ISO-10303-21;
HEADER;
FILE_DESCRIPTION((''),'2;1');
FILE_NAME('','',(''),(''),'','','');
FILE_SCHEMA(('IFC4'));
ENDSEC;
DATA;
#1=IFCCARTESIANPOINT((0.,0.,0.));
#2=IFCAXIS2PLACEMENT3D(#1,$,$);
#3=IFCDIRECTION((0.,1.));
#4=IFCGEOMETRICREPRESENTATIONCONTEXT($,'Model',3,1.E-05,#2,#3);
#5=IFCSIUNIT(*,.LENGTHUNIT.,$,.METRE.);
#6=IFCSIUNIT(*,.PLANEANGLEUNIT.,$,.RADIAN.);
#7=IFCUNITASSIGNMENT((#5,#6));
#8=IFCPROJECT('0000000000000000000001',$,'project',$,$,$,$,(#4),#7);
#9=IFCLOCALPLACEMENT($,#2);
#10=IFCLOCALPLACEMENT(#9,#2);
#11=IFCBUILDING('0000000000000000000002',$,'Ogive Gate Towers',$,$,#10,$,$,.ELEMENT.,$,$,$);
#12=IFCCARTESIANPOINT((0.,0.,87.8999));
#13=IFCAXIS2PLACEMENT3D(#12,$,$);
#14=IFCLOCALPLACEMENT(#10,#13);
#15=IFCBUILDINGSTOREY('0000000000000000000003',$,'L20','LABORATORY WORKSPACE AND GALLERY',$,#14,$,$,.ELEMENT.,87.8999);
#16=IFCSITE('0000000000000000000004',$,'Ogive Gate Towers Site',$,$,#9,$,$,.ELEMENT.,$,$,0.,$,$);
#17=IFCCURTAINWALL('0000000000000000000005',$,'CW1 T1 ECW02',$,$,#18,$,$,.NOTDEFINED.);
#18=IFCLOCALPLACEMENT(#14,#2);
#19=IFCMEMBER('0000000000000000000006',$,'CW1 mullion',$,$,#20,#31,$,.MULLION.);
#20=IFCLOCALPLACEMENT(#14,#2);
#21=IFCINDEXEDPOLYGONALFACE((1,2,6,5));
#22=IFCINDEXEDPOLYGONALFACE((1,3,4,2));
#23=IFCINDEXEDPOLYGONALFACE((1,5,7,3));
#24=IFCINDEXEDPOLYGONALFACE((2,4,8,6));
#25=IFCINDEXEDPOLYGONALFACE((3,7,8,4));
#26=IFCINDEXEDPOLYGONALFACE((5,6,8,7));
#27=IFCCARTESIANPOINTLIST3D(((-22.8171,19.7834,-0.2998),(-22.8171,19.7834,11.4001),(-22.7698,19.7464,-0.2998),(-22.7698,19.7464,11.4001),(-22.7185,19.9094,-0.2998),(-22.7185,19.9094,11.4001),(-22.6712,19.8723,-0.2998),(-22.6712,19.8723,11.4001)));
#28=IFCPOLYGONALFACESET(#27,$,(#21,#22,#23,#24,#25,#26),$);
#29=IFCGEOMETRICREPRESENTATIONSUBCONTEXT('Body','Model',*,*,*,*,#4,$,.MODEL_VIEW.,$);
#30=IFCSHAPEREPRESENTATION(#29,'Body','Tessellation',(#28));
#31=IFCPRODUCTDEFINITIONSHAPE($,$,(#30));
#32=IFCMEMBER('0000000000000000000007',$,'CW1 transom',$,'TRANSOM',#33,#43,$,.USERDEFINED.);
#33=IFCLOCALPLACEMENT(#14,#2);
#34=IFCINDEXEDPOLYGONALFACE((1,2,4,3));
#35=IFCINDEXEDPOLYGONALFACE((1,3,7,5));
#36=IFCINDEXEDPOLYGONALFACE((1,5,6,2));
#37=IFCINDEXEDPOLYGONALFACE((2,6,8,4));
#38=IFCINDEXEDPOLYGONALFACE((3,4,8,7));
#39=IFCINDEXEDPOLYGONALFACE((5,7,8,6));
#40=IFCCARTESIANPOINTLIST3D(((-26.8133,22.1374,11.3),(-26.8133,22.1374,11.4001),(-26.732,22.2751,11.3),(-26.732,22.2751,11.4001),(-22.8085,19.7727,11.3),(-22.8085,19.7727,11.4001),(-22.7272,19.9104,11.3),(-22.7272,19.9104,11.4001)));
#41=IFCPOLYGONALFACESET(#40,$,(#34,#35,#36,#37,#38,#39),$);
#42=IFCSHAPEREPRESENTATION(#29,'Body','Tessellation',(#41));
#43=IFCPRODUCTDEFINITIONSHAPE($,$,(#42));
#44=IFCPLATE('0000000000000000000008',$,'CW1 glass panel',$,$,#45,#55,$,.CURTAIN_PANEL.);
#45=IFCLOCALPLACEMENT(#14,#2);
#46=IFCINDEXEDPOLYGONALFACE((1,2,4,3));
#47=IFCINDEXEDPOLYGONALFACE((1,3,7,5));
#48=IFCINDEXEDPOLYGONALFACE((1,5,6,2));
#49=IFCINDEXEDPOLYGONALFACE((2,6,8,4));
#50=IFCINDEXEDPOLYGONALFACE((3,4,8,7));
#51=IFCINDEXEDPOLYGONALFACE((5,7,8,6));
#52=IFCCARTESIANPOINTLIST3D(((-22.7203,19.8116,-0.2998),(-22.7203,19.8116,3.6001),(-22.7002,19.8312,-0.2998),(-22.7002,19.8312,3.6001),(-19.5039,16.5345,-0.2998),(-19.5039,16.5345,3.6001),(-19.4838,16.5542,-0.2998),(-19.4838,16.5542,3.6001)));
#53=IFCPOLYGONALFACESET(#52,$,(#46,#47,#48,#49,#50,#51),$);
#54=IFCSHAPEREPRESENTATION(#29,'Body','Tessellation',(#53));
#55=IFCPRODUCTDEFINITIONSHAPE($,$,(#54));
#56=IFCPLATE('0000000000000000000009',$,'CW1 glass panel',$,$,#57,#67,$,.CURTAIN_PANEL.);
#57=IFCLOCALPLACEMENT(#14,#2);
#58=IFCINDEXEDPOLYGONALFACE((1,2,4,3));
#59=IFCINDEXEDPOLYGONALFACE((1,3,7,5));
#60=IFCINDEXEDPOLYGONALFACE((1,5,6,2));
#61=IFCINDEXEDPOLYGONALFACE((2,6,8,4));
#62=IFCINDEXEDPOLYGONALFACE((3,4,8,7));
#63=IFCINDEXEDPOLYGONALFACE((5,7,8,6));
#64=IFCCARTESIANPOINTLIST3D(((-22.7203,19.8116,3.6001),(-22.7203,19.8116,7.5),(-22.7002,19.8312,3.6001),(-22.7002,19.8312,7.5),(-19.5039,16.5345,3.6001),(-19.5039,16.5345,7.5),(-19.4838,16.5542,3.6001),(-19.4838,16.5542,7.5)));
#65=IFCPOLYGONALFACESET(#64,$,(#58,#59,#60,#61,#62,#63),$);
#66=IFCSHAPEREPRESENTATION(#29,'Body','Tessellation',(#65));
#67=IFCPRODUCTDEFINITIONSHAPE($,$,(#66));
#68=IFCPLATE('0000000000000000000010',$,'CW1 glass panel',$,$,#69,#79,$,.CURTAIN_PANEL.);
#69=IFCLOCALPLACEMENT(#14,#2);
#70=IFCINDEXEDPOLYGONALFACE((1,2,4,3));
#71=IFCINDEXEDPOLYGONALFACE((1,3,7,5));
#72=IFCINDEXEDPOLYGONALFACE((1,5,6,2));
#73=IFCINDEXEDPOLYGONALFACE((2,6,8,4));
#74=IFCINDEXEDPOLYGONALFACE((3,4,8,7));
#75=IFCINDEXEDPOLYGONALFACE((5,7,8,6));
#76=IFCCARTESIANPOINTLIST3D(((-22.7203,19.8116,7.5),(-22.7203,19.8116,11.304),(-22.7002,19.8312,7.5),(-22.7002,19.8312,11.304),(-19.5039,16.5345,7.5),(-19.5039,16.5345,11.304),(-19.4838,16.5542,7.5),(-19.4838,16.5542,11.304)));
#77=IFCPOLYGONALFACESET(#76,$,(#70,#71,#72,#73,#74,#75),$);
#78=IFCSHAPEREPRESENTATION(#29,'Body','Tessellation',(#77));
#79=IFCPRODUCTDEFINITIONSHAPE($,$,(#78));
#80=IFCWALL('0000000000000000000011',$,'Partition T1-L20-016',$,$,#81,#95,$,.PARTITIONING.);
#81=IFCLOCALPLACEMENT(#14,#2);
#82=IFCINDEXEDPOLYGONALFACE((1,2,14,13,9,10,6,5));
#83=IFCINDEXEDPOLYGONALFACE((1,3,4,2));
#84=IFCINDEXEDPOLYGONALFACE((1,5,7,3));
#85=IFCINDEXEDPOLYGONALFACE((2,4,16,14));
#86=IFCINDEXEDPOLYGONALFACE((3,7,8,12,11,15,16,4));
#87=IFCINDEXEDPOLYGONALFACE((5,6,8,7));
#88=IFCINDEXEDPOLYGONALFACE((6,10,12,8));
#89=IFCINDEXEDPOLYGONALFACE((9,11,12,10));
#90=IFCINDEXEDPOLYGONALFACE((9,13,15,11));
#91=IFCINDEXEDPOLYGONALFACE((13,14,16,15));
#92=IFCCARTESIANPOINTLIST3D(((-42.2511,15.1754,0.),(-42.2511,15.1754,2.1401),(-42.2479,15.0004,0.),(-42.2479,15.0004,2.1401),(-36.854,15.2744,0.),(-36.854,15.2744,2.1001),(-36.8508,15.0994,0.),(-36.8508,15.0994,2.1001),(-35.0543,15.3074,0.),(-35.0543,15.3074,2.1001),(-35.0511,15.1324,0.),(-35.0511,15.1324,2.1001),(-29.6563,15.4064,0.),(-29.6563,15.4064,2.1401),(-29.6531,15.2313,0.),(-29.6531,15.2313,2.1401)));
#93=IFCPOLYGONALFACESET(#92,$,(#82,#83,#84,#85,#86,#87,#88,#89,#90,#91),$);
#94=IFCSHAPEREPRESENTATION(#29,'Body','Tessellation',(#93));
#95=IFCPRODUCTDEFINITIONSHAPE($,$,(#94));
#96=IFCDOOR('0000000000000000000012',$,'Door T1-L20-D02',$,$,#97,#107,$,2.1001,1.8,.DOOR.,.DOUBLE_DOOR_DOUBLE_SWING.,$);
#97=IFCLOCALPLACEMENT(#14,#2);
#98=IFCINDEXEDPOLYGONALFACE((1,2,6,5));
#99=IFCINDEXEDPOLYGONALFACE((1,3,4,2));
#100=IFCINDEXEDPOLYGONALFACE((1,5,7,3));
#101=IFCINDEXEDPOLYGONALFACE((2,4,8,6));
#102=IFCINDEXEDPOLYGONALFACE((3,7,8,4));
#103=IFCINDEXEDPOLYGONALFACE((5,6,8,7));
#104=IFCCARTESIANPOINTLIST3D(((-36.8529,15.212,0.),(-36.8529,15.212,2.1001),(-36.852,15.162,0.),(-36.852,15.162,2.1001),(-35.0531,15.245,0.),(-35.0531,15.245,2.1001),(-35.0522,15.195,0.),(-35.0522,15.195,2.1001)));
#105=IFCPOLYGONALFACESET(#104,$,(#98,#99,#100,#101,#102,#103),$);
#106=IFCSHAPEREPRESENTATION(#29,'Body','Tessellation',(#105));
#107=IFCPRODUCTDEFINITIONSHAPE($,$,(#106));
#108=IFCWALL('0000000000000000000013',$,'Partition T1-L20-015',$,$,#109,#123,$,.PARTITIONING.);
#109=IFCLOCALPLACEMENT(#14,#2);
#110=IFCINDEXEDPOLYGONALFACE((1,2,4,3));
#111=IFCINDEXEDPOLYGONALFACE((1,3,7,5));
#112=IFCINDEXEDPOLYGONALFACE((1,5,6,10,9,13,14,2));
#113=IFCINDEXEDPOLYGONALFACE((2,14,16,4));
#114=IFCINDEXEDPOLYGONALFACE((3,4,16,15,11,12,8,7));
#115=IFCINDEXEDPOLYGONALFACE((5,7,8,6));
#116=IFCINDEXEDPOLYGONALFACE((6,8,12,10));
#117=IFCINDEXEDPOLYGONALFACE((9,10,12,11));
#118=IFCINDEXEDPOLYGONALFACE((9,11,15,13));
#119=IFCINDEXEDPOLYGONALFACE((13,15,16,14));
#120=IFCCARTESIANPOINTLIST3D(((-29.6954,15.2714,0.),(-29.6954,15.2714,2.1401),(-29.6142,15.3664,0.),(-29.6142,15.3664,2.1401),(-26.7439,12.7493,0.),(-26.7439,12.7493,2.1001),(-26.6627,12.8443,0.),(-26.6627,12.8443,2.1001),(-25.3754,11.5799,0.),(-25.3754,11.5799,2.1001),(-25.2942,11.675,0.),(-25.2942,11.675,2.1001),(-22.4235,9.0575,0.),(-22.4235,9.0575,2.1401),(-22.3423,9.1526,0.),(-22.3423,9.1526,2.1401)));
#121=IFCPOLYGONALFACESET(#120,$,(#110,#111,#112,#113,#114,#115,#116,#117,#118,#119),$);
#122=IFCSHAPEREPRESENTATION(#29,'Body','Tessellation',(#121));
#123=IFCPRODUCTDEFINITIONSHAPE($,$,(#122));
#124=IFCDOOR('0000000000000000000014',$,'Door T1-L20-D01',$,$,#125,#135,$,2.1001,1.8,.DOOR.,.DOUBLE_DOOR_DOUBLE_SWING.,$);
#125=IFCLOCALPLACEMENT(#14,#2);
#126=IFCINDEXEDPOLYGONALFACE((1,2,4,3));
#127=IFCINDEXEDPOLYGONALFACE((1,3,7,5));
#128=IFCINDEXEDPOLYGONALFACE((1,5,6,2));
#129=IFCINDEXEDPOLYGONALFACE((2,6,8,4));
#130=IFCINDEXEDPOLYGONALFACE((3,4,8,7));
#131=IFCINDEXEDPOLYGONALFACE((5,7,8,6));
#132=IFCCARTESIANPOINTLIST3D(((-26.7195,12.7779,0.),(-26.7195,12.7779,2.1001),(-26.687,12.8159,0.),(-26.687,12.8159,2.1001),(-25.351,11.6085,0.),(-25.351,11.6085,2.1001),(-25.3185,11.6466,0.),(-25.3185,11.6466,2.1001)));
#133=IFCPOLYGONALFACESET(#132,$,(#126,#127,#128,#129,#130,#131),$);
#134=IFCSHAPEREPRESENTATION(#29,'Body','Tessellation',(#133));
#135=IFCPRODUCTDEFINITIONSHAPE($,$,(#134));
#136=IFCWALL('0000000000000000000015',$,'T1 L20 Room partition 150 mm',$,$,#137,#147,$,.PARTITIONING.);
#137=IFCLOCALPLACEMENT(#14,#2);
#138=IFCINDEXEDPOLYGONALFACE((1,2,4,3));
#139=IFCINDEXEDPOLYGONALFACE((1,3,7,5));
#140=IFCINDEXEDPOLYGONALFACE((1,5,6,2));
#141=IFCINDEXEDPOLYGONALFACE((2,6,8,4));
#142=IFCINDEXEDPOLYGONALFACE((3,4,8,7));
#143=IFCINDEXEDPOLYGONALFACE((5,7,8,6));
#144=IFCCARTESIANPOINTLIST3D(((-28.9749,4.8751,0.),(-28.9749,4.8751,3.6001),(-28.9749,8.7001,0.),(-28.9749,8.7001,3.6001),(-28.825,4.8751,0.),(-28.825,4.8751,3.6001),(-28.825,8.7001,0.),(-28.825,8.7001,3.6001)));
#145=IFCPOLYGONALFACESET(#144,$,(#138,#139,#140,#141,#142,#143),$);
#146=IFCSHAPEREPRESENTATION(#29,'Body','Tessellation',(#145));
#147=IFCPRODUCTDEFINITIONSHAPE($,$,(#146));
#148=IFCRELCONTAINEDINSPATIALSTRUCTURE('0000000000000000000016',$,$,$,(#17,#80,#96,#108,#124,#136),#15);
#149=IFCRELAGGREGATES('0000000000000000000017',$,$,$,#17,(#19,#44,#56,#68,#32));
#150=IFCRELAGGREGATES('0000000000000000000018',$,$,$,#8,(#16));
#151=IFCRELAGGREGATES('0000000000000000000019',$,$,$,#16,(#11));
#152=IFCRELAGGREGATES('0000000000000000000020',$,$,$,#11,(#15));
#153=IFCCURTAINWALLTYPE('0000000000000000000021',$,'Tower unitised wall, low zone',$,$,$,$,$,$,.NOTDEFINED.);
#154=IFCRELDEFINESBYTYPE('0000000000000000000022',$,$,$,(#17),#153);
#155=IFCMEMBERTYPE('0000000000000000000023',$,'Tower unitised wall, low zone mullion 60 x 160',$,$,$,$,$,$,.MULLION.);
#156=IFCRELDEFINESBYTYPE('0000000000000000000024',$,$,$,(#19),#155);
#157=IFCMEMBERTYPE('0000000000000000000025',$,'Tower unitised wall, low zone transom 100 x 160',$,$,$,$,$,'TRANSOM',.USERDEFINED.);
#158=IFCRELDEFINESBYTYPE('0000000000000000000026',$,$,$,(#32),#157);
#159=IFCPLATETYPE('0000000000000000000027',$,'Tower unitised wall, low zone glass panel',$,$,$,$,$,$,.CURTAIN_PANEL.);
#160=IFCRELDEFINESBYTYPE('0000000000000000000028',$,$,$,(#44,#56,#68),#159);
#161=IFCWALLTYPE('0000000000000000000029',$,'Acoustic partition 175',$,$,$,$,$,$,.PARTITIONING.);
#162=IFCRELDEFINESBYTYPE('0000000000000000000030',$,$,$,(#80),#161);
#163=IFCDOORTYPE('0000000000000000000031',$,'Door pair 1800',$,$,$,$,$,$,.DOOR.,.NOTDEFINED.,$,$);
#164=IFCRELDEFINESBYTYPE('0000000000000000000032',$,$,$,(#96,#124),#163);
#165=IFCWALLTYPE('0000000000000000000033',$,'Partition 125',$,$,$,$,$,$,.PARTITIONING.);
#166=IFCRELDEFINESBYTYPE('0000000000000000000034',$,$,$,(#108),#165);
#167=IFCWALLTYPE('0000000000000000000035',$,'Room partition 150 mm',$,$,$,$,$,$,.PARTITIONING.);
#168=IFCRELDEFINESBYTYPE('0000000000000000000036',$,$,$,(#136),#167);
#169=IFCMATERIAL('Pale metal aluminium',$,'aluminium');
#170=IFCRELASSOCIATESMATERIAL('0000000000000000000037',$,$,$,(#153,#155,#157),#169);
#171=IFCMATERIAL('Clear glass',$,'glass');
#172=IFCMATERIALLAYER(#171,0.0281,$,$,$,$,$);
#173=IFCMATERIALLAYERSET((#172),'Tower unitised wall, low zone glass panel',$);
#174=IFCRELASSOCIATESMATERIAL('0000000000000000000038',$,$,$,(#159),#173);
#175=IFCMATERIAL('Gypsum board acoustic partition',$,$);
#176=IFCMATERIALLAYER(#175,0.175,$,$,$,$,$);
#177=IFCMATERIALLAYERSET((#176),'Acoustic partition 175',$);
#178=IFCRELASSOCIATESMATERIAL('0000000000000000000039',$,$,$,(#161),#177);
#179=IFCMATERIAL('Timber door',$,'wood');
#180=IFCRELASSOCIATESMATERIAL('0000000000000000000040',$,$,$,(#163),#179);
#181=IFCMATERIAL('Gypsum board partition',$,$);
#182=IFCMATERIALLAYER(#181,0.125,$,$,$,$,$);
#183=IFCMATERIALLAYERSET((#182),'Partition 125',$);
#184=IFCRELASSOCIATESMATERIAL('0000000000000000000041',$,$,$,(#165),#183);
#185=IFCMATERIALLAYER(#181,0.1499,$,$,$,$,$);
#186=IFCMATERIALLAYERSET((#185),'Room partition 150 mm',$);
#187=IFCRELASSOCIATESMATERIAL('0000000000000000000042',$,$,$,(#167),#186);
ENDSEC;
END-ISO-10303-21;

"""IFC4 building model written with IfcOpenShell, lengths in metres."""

from ifc_helpers import new_model, si_unit, direction, frame, frame_2d, origin, origin_2d, place, context, subcontext, project, spatial, rectangle, extrude, material, layer, layer_set, material_profile, profile_set, type_object, element, fill, aggregate, save


model = new_model("IFC4")

# Units and contexts
model_context = context("Model", 3, precision=1e-05, world=origin(), true_north=direction((0.0, 1.0)))
body_context = subcontext(model_context, "Body", "Model", "MODEL_VIEW")
ifc_project = project(units=[si_unit("LENGTHUNIT", "METRE"), si_unit("PLANEANGLEUNIT", "RADIAN")], contexts=[model_context])

# Site, building, storey
site_placement = place(None, origin())
site = spatial("IfcSite", under=ifc_project, at=site_placement, Name="Ogive Gate Towers Site", CompositionType="ELEMENT", RefElevation=0.0)
building_placement = place(site_placement, origin())
building = spatial("IfcBuilding", under=site, at=building_placement, Name="Ogive Gate Towers", CompositionType="ELEMENT")
storey_placement = place(building_placement, frame((0.0, 0.0, 87.8999)))
storey = spatial("IfcBuildingStorey", under=building, at=storey_placement, Name="L20", Description="LABORATORY WORKSPACE AND GALLERY", CompositionType="ELEMENT", Elevation=87.8999)

# Curtain wall, members, plates
ifc_material_1 = material(Name="Pale metal aluminium", Category="aluminium")
curtain_wall_type = type_object("IfcCurtainWallType", Name="Tower unitised wall, low zone", PredefinedType="NOTDEFINED", material=ifc_material_1)
curtain_wall_placement = place(storey_placement, origin())
curtain_wall = element("IfcCurtainWall", 1, at=curtain_wall_placement, inside=storey, type_object=curtain_wall_type, Name="CW1 T1 ECW02", PredefinedType="NOTDEFINED")
ifc_material_profile_1 = material_profile(ifc_material_1, rectangle(XDim=0.1599, YDim=0.0601, at=origin_2d()), Name="60 x 160 aluminium box")
ifc_profile_set_1 = profile_set([ifc_material_profile_1], Name="Pale metal aluminium")
member_type_1 = type_object("IfcMemberType", Name="Tower unitised wall, low zone mullion 60 x 160", PredefinedType="MULLION", material=ifc_profile_set_1)
member_1_placement = place(storey_placement, frame((-22.7441, 19.8279, -0.2998), z_axis=(0.0, 0.0, 1.0), x_axis=(0.616321, 0.787495, 0.0)))
member_1 = element("IfcMember", 2, at=member_1_placement, type_object=member_type_1, Name="CW1 mullion", PredefinedType="MULLION", context=body_context, shape_type="SweptSolid", body=[
    extrude(rectangle(XDim=0.1599, YDim=0.0601, at=origin_2d()), origin(), (0.0, 0.0, 1.0), 11.7),
])
ifc_material_profile_2 = material_profile(ifc_material_1, rectangle(XDim=0.1599, YDim=0.1001, at=origin_2d()), Name="100 x 160 aluminium box")
ifc_profile_set_2 = profile_set([ifc_material_profile_2], Name="Pale metal aluminium")
member_type_2 = type_object("IfcMemberType", Name="Tower unitised wall, low zone transom 100 x 160", ElementType="TRANSOM", PredefinedType="USERDEFINED", material=ifc_profile_set_2)
member_2_placement = place(storey_placement, frame((-22.7678, 19.8416, 11.3501), z_axis=(-0.861094, 0.508446, 0.0), x_axis=(-0.508446, -0.861094, 0.0)))
member_2 = element("IfcMember", 3, at=member_2_placement, type_object=member_type_2, Name="CW1 transom", ObjectType="TRANSOM", PredefinedType="USERDEFINED", context=body_context, shape_type="SweptSolid", body=[
    extrude(rectangle(XDim=0.1599, YDim=0.1001, at=origin_2d()), origin(), (0.0, 0.0, 1.0), 4.6509),
])
ifc_material_2 = material(Name="Clear glass", Category="glass")
ifc_layer_1 = layer(ifc_material_2, 0.0281)
ifc_layer_set_1 = layer_set([ifc_layer_1], Name="Tower unitised wall, low zone glass panel")
plate_type = type_object("IfcPlateType", Name="Tower unitised wall, low zone glass panel", PredefinedType="CURTAIN_PANEL", material=ifc_layer_set_1)
plate_1_placement = place(storey_placement, frame((-21.1021, 18.1829, -0.2998), z_axis=(0.0, 0.0, 1.0), x_axis=(-0.700473, 0.713678, 0.0)))
plate_1 = element("IfcPlate", 4, at=plate_1_placement, type_object=plate_type, Name="CW1 glass panel", PredefinedType="CURTAIN_PANEL", context=body_context, shape_type="SweptSolid", body=[
    extrude(rectangle(XDim=4.5918, YDim=0.0281, at=origin_2d()), origin(), (0.0, 0.0, 1.0), 3.8999),
])
plate_2_placement = place(storey_placement, frame((-21.1021, 18.1829, 3.6001), z_axis=(0.0, 0.0, 1.0), x_axis=(-0.700473, 0.713678, 0.0)))
plate_2 = element("IfcPlate", 5, at=plate_2_placement, type_object=plate_type, Name="CW1 glass panel", PredefinedType="CURTAIN_PANEL", context=body_context, shape_type="SweptSolid", body=[
    extrude(rectangle(XDim=4.5918, YDim=0.0281, at=origin_2d()), origin(), (0.0, 0.0, 1.0), 3.8999),
])
plate_3_placement = place(storey_placement, frame((-21.1021, 18.1829, 7.5), z_axis=(0.0, 0.0, 1.0), x_axis=(-0.700473, 0.713678, 0.0)))
plate_3 = element("IfcPlate", 6, at=plate_3_placement, type_object=plate_type, Name="CW1 glass panel", PredefinedType="CURTAIN_PANEL", context=body_context, shape_type="SweptSolid", body=[
    extrude(rectangle(XDim=4.5918, YDim=0.0281, at=origin_2d()), origin(), (0.0, 0.0, 1.0), 3.804),
])
aggregate(curtain_wall, [member_1, plate_1, plate_2, plate_3, member_2])

# Walls, openings, doors
ifc_material_3 = material(Name="Gypsum board acoustic partition")
ifc_layer_2 = layer(ifc_material_3, 0.175)
ifc_layer_set_2 = layer_set([ifc_layer_2], Name="Acoustic partition 175")
wall_type_1 = type_object("IfcWallType", Name="Acoustic partition 175", PredefinedType="PARTITIONING", material=ifc_layer_set_2)
wall_1_placement = place(storey_placement, frame((-29.6548, 15.3188, 0.0), z_axis=(0.0, 0.0, 1.0), x_axis=(-0.999832, -0.018335, 0.0)))
wall_1 = element("IfcWall", 7, at=wall_1_placement, inside=storey, type_object=wall_type_1, Name="Partition T1-L20-016", PredefinedType="PARTITIONING", context=body_context, shape_type="SweptSolid", body=[
    extrude(rectangle(XDim=12.5969, YDim=0.175, at=frame_2d((6.2983, 0.0))), origin(), (0.0, 0.0, 1.0), 2.1401),
])
opening_1_placement = place(wall_1_placement, frame((5.3989, 0.0, 0.0)))
opening_1 = element("IfcOpeningElement", 8, at=opening_1_placement, cuts=wall_1, PredefinedType="OPENING", context=body_context, shape_type="SweptSolid", body=[
    extrude(rectangle(XDim=1.8, YDim=2.1001, at=frame_2d((0.8999, 1.05))), frame((0.0, 0.0977, 0.0), z_axis=(0.0, -1.0, 0.0), x_axis=(1.0, 0.0, 0.0)), (0.0, 0.0, 1.0), 0.1951),
])
ifc_material_4 = material(Name="Timber door", Category="wood")
door_type_1 = type_object("IfcDoorType", Name="Door pair 1800", OperationType="NOTDEFINED", PredefinedType="DOOR", material=ifc_material_4)
door_1_placement = place(opening_1_placement, origin())
door_1 = element("IfcDoor", 9, at=door_1_placement, inside=storey, type_object=door_type_1, Name="Door T1-L20-D02", OperationType="DOUBLE_DOOR_DOUBLE_SWING", OverallHeight=2.1001, OverallWidth=1.8, PredefinedType="DOOR", context=body_context, shape_type="SweptSolid", body=[
    extrude(rectangle(XDim=1.8, YDim=2.1001, at=frame_2d((0.8999, 1.05))), frame((0.0, 0.0249, 0.0), z_axis=(0.0, -1.0, 0.0), x_axis=(1.0, 0.0, 0.0)), (0.0, 0.0, 1.0), 0.05),
])
fill(opening_1, door_1)
ifc_material_5 = material(Name="Gypsum board partition")
ifc_layer_3 = layer(ifc_material_5, 0.125)
ifc_layer_set_3 = layer_set([ifc_layer_3], Name="Partition 125")
wall_type_2 = type_object("IfcWallType", Name="Partition 125", PredefinedType="PARTITIONING", material=ifc_layer_set_3)
wall_2_placement = place(storey_placement, frame((-22.3828, 9.105, 0.0), z_axis=(0.0, 0.0, 1.0), x_axis=(-0.76025, 0.64963, 0.0)))
wall_2 = element("IfcWall", 10, at=wall_2_placement, inside=storey, type_object=wall_type_2, Name="Partition T1-L20-015", PredefinedType="PARTITIONING", context=body_context, shape_type="SweptSolid", body=[
    extrude(rectangle(XDim=9.5652, YDim=0.125, at=frame_2d((4.7827, 0.0))), origin(), (0.0, 0.0, 1.0), 2.1401),
])
opening_2_placement = place(wall_2_placement, frame((3.8831, 0.0, 0.0)))
opening_2 = element("IfcOpeningElement", 11, at=opening_2_placement, cuts=wall_2, PredefinedType="OPENING", context=body_context, shape_type="SweptSolid", body=[
    extrude(rectangle(XDim=1.8, YDim=2.1001, at=frame_2d((0.8999, 1.05))), frame((0.0, 0.0725, 0.0), z_axis=(0.0, -1.0, 0.0), x_axis=(1.0, 0.0, 0.0)), (0.0, 0.0, 1.0), 0.145),
])
door_2_placement = place(opening_2_placement, origin())
door_2 = element("IfcDoor", 12, at=door_2_placement, inside=storey, type_object=door_type_1, Name="Door T1-L20-D01", OperationType="DOUBLE_DOOR_DOUBLE_SWING", OverallHeight=2.1001, OverallWidth=1.8, PredefinedType="DOOR", context=body_context, shape_type="SweptSolid", body=[
    extrude(rectangle(XDim=1.8, YDim=2.1001, at=frame_2d((0.8999, 1.05))), frame((0.0, 0.0249, 0.0), z_axis=(0.0, -1.0, 0.0), x_axis=(1.0, 0.0, 0.0)), (0.0, 0.0, 1.0), 0.05),
])
fill(opening_2, door_2)

# Wall
ifc_layer_4 = layer(ifc_material_5, 0.1499)
ifc_layer_set_4 = layer_set([ifc_layer_4], Name="Room partition 150 mm")
wall_type_3 = type_object("IfcWallType", Name="Room partition 150 mm", PredefinedType="PARTITIONING", material=ifc_layer_set_4)
wall_3_placement = place(storey_placement, frame((-28.8999, 4.875, 0.0), z_axis=(0.0, 0.0, 1.0), x_axis=(0.0, 1.0, 0.0)))
element("IfcWall", 13, at=wall_3_placement, inside=storey, type_object=wall_type_3, Name="T1 L20 Room partition 150 mm", PredefinedType="PARTITIONING", context=body_context, shape_type="SweptSolid", body=[
    extrude(rectangle(XDim=3.825, YDim=0.1499, at=frame_2d((1.9126, 0.0))), origin(), (0.0, 0.0, 1.0), 3.6001),
])

save(model, "model.ifc")
